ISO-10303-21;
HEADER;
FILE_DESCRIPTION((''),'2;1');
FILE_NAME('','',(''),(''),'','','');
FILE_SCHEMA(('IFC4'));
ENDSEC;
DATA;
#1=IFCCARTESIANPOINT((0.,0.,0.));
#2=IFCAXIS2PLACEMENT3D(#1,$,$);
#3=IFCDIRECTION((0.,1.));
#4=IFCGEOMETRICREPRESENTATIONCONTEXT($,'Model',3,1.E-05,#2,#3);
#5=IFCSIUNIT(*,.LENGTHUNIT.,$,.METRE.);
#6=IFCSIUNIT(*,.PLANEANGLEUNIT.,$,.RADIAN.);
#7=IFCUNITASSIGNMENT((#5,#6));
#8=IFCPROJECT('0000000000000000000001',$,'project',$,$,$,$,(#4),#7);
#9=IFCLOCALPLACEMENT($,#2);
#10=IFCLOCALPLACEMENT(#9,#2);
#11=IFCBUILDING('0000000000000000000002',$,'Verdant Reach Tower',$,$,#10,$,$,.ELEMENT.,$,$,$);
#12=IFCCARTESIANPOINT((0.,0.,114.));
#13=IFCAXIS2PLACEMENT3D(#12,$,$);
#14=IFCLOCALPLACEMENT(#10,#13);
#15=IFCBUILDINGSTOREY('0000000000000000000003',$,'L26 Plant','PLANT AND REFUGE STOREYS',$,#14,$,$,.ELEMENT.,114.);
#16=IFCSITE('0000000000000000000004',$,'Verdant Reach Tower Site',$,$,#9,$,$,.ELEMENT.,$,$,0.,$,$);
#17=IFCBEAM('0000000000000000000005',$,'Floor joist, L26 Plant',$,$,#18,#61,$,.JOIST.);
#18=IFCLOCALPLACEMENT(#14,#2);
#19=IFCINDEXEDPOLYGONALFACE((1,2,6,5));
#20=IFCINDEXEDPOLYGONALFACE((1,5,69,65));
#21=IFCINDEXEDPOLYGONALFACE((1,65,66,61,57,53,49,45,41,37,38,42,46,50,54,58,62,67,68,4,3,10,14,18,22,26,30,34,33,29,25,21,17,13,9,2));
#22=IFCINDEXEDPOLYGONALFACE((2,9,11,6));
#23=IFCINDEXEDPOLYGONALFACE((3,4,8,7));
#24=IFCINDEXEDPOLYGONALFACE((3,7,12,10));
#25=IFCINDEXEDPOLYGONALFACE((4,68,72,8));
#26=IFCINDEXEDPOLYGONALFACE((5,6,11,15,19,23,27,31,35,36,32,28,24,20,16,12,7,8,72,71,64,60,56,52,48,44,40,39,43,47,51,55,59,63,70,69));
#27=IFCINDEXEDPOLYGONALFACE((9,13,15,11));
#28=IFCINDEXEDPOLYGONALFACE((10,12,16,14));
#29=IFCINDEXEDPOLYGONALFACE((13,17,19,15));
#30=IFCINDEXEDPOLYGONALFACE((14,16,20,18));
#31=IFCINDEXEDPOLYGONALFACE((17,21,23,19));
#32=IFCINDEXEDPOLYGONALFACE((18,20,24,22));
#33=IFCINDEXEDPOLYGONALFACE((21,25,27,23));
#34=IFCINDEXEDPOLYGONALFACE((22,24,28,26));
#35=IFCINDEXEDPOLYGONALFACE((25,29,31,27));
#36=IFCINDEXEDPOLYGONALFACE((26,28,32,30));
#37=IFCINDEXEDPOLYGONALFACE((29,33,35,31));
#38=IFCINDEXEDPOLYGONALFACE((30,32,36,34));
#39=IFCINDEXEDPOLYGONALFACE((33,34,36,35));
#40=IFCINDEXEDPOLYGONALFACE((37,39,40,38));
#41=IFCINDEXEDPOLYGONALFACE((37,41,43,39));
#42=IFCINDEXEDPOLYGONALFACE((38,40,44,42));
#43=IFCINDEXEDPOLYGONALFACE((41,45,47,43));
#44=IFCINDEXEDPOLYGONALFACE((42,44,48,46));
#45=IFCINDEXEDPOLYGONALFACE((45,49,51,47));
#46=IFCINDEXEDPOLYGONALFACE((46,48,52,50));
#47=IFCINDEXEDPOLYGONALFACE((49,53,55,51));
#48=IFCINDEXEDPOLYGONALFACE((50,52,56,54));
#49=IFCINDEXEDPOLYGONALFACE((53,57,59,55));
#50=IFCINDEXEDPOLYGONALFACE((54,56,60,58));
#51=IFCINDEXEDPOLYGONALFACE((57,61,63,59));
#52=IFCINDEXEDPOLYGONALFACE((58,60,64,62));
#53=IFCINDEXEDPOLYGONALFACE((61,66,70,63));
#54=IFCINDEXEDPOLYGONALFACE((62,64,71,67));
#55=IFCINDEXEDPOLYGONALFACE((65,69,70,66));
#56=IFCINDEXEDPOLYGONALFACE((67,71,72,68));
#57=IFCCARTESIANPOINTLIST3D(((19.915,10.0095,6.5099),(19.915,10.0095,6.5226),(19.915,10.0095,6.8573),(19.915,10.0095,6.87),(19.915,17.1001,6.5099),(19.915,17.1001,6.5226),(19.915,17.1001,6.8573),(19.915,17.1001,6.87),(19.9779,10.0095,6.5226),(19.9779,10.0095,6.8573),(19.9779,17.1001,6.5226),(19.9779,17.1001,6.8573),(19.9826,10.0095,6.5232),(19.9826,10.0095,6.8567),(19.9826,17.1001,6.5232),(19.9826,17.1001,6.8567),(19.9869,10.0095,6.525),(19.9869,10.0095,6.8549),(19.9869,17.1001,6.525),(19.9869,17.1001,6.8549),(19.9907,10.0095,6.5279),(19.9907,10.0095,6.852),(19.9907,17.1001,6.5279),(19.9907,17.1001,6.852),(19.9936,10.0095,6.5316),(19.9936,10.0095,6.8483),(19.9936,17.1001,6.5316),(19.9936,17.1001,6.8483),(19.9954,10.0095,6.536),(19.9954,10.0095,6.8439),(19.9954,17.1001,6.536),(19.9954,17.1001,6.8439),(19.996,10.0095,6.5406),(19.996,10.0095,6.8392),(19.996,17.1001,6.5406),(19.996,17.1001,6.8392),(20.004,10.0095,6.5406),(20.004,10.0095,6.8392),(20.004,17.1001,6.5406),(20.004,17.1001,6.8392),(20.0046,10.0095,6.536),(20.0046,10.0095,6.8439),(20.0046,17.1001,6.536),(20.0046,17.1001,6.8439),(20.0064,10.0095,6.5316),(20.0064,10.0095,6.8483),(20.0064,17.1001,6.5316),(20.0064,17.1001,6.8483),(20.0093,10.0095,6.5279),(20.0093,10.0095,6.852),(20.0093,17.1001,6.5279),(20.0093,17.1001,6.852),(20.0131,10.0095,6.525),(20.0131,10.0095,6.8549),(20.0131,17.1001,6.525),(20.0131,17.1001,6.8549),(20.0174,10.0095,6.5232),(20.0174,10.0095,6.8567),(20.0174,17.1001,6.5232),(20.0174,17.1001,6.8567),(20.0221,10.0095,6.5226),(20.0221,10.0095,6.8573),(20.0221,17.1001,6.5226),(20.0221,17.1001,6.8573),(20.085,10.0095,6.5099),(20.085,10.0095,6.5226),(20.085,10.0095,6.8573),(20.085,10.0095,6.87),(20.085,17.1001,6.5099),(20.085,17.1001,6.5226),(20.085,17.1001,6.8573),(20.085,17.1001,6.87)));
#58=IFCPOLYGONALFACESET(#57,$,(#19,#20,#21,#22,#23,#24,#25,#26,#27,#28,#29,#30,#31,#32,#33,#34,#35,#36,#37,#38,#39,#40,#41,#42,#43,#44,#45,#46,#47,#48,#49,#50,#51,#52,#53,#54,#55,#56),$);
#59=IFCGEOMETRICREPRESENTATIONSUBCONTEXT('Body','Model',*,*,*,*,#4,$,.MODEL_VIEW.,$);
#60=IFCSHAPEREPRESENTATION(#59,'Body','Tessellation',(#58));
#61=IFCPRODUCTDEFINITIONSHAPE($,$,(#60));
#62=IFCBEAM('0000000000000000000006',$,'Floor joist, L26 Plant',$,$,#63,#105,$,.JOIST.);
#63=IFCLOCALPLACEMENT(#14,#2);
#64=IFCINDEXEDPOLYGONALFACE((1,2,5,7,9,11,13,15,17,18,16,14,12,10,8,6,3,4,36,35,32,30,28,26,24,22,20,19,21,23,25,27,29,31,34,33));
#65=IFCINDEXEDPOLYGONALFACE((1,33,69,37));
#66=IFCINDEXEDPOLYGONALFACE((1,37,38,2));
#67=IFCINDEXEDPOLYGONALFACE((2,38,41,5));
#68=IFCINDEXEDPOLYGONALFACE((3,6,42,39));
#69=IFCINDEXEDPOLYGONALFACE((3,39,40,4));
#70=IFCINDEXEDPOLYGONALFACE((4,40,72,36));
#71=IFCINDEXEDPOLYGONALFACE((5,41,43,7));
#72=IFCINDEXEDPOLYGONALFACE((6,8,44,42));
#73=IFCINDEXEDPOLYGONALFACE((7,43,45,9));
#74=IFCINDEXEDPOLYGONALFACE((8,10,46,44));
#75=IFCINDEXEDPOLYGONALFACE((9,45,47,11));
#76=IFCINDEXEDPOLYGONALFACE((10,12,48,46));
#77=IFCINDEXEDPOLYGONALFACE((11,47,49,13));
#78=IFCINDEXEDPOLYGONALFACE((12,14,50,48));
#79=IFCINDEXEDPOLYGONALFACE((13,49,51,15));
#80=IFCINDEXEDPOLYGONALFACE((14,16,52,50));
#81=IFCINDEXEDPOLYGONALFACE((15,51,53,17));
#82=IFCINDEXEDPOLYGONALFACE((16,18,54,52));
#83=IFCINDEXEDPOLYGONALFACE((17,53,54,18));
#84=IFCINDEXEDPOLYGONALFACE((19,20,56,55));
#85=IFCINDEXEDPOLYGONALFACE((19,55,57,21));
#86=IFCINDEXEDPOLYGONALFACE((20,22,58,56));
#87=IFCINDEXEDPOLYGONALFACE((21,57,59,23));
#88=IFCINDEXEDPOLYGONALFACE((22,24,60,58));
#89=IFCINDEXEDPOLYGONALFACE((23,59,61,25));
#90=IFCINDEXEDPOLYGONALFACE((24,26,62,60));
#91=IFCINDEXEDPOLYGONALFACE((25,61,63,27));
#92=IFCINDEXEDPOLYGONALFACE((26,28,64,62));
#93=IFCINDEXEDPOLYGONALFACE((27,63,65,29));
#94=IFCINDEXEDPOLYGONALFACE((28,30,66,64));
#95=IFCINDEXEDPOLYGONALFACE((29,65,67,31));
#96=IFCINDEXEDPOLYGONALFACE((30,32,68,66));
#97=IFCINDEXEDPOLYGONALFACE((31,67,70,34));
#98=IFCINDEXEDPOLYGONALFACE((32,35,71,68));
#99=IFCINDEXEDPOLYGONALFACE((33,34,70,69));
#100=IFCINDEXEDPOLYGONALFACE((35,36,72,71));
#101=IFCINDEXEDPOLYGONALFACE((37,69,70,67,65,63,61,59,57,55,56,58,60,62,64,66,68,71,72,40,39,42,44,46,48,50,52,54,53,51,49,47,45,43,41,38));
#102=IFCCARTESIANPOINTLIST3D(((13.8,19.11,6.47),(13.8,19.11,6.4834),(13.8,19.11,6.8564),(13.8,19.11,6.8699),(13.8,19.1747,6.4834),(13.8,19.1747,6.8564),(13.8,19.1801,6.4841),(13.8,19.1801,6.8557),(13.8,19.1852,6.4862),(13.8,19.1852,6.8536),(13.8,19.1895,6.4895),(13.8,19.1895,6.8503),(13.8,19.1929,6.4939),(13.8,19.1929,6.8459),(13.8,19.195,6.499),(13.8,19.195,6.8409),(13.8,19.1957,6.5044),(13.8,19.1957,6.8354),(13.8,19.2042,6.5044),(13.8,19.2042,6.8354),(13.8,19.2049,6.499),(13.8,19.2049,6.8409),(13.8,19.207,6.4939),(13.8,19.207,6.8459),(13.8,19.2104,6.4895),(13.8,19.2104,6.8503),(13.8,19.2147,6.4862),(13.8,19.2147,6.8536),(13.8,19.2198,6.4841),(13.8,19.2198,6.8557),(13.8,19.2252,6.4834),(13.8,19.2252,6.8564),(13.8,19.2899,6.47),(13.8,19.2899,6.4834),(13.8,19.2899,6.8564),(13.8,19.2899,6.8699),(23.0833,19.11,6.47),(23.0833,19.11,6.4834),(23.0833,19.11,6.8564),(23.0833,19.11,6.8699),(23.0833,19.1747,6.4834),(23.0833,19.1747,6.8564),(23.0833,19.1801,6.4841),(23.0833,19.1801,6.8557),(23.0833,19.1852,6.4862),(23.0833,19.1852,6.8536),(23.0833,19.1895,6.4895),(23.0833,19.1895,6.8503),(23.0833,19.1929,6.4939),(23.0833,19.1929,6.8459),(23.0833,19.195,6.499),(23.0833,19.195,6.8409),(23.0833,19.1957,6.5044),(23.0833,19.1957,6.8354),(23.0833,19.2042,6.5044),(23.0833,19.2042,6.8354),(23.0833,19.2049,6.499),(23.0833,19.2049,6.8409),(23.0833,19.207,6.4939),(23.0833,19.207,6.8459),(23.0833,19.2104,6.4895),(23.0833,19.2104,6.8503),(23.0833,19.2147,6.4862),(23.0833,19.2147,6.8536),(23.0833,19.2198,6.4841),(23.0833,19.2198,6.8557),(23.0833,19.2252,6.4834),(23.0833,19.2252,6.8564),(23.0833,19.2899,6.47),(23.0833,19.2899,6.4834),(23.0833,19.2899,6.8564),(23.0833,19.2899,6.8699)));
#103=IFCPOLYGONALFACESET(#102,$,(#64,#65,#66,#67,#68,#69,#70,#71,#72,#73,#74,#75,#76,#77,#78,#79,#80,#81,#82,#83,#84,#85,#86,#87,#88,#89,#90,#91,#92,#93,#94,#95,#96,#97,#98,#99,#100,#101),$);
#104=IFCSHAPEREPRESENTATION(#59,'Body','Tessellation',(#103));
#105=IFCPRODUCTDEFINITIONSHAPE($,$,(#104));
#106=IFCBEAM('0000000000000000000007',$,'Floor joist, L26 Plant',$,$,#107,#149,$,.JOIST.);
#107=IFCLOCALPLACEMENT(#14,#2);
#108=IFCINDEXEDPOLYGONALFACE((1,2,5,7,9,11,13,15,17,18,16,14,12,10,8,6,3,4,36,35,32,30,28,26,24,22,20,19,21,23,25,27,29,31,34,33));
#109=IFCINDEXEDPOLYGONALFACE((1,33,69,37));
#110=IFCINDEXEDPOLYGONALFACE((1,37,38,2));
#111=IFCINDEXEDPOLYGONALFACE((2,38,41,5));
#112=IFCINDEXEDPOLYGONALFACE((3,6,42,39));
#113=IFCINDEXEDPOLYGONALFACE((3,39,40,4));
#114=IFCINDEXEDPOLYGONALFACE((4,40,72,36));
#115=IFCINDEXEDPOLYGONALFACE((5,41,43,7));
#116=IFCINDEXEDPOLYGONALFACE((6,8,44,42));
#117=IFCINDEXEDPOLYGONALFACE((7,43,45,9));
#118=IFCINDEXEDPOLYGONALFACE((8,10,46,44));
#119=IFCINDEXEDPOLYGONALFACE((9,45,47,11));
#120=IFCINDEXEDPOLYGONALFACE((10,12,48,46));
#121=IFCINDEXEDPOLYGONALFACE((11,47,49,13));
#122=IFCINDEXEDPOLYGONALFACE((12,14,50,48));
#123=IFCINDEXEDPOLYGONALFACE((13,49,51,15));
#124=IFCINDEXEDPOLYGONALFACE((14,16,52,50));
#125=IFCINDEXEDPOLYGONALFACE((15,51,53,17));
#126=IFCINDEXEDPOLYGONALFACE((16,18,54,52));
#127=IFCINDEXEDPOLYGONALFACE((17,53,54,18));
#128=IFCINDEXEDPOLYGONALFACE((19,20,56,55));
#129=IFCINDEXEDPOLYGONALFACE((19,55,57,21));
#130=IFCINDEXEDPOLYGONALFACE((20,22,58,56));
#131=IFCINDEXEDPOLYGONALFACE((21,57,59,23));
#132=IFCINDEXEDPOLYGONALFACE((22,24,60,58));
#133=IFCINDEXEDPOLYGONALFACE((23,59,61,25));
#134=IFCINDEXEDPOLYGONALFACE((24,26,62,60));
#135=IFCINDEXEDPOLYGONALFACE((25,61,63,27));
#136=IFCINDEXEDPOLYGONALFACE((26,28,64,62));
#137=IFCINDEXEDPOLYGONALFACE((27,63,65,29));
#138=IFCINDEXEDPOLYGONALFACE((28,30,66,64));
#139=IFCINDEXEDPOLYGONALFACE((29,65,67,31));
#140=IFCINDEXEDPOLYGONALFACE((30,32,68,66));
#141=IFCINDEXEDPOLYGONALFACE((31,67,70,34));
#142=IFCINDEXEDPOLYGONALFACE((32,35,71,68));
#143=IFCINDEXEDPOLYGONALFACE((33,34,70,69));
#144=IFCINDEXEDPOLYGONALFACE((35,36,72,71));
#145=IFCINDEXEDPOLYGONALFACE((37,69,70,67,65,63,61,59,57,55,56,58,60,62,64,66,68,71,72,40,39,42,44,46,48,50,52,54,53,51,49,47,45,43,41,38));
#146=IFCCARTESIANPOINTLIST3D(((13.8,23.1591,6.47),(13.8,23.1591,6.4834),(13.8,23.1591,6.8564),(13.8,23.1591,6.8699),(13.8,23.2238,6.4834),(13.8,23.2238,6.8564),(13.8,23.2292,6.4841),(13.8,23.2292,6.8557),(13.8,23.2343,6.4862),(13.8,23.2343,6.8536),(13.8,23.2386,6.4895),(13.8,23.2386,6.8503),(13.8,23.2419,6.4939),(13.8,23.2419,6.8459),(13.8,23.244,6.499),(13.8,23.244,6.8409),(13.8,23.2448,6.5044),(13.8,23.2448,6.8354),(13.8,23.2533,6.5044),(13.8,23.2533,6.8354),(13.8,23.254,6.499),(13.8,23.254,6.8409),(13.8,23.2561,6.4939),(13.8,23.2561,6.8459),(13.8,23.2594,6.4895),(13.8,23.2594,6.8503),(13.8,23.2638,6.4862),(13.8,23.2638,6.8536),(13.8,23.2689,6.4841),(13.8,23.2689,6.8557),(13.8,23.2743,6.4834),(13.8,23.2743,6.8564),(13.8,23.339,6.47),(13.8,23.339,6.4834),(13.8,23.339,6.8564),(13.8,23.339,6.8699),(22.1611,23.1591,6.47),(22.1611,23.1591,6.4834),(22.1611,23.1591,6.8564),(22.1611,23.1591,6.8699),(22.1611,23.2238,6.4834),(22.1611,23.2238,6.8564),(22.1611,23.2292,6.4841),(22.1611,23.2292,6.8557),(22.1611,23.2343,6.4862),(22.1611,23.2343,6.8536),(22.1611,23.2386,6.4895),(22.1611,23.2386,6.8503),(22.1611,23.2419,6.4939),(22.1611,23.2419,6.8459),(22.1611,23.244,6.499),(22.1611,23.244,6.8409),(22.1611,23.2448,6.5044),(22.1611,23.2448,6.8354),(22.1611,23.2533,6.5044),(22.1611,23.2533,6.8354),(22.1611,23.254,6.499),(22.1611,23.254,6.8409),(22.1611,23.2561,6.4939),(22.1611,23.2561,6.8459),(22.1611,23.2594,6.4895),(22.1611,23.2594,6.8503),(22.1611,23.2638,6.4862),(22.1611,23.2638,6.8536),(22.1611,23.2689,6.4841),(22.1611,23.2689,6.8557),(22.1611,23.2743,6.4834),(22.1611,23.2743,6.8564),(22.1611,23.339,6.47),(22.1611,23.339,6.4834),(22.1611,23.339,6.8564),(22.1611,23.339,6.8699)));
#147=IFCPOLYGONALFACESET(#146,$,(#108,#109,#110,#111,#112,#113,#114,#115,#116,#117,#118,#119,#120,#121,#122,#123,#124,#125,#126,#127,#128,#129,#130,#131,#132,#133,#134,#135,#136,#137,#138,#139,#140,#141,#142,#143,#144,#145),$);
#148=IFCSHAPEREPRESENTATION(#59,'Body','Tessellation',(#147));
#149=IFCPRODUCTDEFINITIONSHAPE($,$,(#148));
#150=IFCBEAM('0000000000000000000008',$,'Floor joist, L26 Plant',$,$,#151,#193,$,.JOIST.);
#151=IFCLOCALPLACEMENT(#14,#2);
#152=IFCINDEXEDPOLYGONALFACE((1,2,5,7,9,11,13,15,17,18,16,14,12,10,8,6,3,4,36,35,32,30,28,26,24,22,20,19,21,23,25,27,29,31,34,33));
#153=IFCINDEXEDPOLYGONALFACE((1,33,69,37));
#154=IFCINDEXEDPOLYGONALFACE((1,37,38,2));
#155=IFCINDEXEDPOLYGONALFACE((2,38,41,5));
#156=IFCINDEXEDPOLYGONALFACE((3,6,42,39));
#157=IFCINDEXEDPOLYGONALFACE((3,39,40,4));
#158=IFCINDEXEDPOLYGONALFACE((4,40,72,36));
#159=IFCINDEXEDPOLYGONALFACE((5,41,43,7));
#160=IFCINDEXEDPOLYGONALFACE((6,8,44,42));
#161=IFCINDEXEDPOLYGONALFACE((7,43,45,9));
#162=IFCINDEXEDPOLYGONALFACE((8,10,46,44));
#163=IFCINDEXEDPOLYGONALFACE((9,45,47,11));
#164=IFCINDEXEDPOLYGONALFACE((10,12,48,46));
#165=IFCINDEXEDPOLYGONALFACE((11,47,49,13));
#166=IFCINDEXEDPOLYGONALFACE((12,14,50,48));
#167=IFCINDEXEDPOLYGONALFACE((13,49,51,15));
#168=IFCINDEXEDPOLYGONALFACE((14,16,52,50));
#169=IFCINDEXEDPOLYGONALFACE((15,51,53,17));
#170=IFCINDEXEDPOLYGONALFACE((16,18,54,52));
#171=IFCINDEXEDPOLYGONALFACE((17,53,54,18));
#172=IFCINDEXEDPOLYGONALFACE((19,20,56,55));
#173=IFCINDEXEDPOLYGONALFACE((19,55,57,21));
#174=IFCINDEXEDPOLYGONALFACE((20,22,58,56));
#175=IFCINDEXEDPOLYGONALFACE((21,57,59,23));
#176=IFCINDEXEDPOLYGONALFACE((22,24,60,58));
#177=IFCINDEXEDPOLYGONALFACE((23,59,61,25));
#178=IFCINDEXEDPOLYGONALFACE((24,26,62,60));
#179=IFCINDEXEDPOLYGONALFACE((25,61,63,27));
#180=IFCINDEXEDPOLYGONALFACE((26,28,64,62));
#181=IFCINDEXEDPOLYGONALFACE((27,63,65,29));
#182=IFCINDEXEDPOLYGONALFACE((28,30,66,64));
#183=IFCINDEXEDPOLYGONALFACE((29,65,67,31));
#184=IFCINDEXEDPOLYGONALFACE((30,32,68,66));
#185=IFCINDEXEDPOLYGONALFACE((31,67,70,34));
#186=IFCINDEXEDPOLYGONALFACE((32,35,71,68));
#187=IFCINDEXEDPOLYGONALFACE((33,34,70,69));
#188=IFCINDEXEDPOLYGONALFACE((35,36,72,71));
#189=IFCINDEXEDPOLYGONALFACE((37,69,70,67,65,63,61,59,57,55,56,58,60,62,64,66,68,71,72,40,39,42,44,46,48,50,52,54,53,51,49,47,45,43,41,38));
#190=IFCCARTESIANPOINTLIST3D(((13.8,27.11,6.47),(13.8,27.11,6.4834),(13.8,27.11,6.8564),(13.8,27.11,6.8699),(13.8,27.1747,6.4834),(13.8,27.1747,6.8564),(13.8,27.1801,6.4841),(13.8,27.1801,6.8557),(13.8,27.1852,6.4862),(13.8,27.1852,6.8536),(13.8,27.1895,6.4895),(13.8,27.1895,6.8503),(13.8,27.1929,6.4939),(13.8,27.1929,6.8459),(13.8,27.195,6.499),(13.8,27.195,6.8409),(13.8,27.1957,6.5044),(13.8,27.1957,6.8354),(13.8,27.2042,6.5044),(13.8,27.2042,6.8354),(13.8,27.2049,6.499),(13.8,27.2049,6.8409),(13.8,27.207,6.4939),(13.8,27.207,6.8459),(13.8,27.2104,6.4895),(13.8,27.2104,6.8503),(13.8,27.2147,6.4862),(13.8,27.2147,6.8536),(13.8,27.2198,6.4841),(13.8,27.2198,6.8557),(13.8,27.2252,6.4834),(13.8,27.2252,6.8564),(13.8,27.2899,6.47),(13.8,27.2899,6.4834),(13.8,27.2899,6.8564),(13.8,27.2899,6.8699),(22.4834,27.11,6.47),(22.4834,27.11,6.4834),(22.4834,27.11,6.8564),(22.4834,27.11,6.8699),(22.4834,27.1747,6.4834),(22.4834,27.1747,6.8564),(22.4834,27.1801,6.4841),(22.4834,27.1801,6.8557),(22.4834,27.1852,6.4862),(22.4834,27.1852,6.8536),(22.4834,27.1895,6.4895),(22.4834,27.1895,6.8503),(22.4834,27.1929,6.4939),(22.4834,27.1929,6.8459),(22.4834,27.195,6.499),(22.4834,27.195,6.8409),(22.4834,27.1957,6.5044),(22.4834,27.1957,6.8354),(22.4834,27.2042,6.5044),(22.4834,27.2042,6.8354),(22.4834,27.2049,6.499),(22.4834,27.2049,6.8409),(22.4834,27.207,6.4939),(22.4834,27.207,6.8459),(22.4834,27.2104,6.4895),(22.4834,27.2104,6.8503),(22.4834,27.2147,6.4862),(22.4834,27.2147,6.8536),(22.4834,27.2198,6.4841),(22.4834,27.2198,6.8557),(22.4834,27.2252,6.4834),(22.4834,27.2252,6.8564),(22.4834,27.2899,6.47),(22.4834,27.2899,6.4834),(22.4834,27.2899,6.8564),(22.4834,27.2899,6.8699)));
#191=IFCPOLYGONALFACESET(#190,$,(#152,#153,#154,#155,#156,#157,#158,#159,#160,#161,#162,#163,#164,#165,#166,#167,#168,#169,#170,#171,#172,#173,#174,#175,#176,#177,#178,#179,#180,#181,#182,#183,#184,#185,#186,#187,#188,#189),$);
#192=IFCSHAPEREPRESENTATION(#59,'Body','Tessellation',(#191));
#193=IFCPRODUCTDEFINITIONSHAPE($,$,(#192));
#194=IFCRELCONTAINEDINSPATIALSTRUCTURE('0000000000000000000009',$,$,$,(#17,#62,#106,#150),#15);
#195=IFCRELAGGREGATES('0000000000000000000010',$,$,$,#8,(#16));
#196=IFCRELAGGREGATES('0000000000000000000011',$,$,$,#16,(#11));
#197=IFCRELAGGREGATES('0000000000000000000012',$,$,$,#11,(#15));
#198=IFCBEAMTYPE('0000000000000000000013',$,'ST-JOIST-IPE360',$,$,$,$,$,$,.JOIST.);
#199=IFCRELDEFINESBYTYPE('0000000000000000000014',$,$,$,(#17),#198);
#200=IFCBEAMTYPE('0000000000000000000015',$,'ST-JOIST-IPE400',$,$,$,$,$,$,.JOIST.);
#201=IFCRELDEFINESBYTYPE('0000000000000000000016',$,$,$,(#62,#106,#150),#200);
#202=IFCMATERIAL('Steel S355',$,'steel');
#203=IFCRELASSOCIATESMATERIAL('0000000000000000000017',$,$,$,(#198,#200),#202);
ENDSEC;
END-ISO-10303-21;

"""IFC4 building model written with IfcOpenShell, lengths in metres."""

from ifc_helpers import new_model, si_unit, direction, frame, origin, origin_2d, place, context, subcontext, project, spatial, i_section, extrude, material, material_profile, profile_set, type_object, element, save


model = new_model("IFC4")

# Units and contexts
model_context = context("Model", 3, precision=1e-05, world=origin(), true_north=direction((0.0, 1.0)))
body_context = subcontext(model_context, "Body", "Model", "MODEL_VIEW")
ifc_project = project(units=[si_unit("LENGTHUNIT", "METRE"), si_unit("PLANEANGLEUNIT", "RADIAN")], contexts=[model_context])

# Site, building, storey
site_placement = place(None, origin())
site = spatial("IfcSite", under=ifc_project, at=site_placement, Name="Verdant Reach Tower Site", CompositionType="ELEMENT", RefElevation=0.0)
building_placement = place(site_placement, origin())
building = spatial("IfcBuilding", under=site, at=building_placement, Name="Verdant Reach Tower", CompositionType="ELEMENT")
storey_placement = place(building_placement, frame((0.0, 0.0, 114.0)))
storey = spatial("IfcBuildingStorey", under=building, at=storey_placement, Name="L26 Plant", Description="PLANT AND REFUGE STOREYS", CompositionType="ELEMENT", Elevation=114.0)

# Beams
ifc_material_1 = material(Name="Steel S355", Category="steel")
ifc_material_profile_1 = material_profile(ifc_material_1, i_section(OverallWidth=0.1699, OverallDepth=0.3601, WebThickness=0.0081, FlangeThickness=0.0127, FilletRadius=0.0181, at=origin_2d()), Name="IPE 360")
ifc_profile_set_1 = profile_set([ifc_material_profile_1], Name="Steel S355")
beam_type_1 = type_object("IfcBeamType", Name="ST-JOIST-IPE360", PredefinedType="JOIST", material=ifc_profile_set_1)
beam_1_placement = place(storey_placement, frame((20.0, 17.1001, 6.6899), z_axis=(0.0, -1.0, 0.0), x_axis=(1.0, 0.0, 0.0)))
element("IfcBeam", 1, at=beam_1_placement, inside=storey, type_object=beam_type_1, Name="Floor joist, L26 Plant", PredefinedType="JOIST", context=body_context, shape_type="SweptSolid", body=[
    extrude(i_section(OverallWidth=0.1699, OverallDepth=0.3601, WebThickness=0.0081, FlangeThickness=0.0127, FilletRadius=0.0181, at=origin_2d()), origin(), (0.0, 0.0, 1.0), 7.0906),
])
ifc_material_profile_2 = material_profile(ifc_material_1, i_section(OverallWidth=0.1799, OverallDepth=0.3999, WebThickness=0.0085, FlangeThickness=0.0134, FilletRadius=0.021, at=origin_2d()), Name="IPE 400")
ifc_profile_set_2 = profile_set([ifc_material_profile_2], Name="Steel S355")
beam_type_2 = type_object("IfcBeamType", Name="ST-JOIST-IPE400", PredefinedType="JOIST", material=ifc_profile_set_2)
beam_2_placement = place(storey_placement, frame((13.8, 19.2, 6.6699), z_axis=(1.0, 0.0, 0.0), x_axis=(0.0, 1.0, 0.0)))
element("IfcBeam", 2, at=beam_2_placement, inside=storey, type_object=beam_type_2, Name="Floor joist, L26 Plant", PredefinedType="JOIST", context=body_context, shape_type="SweptSolid", body=[
    extrude(i_section(OverallWidth=0.1799, OverallDepth=0.3999, WebThickness=0.0085, FlangeThickness=0.0134, FilletRadius=0.021, at=origin_2d()), origin(), (0.0, 0.0, 1.0), 9.2832),
])
beam_3_placement = place(storey_placement, frame((13.8, 23.249, 6.6699), z_axis=(1.0, 0.0, 0.0), x_axis=(0.0, 1.0, 0.0)))
element("IfcBeam", 3, at=beam_3_placement, inside=storey, type_object=beam_type_2, Name="Floor joist, L26 Plant", PredefinedType="JOIST", context=body_context, shape_type="SweptSolid", body=[
    extrude(i_section(OverallWidth=0.1799, OverallDepth=0.3999, WebThickness=0.0085, FlangeThickness=0.0134, FilletRadius=0.021, at=origin_2d()), origin(), (0.0, 0.0, 1.0), 8.3611),
])
beam_4_placement = place(storey_placement, frame((13.8, 27.2, 6.6699), z_axis=(1.0, 0.0, 0.0), x_axis=(0.0, 1.0, 0.0)))
element("IfcBeam", 4, at=beam_4_placement, inside=storey, type_object=beam_type_2, Name="Floor joist, L26 Plant", PredefinedType="JOIST", context=body_context, shape_type="SweptSolid", body=[
    extrude(i_section(OverallWidth=0.1799, OverallDepth=0.3999, WebThickness=0.0085, FlangeThickness=0.0134, FilletRadius=0.021, at=origin_2d()), origin(), (0.0, 0.0, 1.0), 8.6833),
])

save(model, "model.ifc")
